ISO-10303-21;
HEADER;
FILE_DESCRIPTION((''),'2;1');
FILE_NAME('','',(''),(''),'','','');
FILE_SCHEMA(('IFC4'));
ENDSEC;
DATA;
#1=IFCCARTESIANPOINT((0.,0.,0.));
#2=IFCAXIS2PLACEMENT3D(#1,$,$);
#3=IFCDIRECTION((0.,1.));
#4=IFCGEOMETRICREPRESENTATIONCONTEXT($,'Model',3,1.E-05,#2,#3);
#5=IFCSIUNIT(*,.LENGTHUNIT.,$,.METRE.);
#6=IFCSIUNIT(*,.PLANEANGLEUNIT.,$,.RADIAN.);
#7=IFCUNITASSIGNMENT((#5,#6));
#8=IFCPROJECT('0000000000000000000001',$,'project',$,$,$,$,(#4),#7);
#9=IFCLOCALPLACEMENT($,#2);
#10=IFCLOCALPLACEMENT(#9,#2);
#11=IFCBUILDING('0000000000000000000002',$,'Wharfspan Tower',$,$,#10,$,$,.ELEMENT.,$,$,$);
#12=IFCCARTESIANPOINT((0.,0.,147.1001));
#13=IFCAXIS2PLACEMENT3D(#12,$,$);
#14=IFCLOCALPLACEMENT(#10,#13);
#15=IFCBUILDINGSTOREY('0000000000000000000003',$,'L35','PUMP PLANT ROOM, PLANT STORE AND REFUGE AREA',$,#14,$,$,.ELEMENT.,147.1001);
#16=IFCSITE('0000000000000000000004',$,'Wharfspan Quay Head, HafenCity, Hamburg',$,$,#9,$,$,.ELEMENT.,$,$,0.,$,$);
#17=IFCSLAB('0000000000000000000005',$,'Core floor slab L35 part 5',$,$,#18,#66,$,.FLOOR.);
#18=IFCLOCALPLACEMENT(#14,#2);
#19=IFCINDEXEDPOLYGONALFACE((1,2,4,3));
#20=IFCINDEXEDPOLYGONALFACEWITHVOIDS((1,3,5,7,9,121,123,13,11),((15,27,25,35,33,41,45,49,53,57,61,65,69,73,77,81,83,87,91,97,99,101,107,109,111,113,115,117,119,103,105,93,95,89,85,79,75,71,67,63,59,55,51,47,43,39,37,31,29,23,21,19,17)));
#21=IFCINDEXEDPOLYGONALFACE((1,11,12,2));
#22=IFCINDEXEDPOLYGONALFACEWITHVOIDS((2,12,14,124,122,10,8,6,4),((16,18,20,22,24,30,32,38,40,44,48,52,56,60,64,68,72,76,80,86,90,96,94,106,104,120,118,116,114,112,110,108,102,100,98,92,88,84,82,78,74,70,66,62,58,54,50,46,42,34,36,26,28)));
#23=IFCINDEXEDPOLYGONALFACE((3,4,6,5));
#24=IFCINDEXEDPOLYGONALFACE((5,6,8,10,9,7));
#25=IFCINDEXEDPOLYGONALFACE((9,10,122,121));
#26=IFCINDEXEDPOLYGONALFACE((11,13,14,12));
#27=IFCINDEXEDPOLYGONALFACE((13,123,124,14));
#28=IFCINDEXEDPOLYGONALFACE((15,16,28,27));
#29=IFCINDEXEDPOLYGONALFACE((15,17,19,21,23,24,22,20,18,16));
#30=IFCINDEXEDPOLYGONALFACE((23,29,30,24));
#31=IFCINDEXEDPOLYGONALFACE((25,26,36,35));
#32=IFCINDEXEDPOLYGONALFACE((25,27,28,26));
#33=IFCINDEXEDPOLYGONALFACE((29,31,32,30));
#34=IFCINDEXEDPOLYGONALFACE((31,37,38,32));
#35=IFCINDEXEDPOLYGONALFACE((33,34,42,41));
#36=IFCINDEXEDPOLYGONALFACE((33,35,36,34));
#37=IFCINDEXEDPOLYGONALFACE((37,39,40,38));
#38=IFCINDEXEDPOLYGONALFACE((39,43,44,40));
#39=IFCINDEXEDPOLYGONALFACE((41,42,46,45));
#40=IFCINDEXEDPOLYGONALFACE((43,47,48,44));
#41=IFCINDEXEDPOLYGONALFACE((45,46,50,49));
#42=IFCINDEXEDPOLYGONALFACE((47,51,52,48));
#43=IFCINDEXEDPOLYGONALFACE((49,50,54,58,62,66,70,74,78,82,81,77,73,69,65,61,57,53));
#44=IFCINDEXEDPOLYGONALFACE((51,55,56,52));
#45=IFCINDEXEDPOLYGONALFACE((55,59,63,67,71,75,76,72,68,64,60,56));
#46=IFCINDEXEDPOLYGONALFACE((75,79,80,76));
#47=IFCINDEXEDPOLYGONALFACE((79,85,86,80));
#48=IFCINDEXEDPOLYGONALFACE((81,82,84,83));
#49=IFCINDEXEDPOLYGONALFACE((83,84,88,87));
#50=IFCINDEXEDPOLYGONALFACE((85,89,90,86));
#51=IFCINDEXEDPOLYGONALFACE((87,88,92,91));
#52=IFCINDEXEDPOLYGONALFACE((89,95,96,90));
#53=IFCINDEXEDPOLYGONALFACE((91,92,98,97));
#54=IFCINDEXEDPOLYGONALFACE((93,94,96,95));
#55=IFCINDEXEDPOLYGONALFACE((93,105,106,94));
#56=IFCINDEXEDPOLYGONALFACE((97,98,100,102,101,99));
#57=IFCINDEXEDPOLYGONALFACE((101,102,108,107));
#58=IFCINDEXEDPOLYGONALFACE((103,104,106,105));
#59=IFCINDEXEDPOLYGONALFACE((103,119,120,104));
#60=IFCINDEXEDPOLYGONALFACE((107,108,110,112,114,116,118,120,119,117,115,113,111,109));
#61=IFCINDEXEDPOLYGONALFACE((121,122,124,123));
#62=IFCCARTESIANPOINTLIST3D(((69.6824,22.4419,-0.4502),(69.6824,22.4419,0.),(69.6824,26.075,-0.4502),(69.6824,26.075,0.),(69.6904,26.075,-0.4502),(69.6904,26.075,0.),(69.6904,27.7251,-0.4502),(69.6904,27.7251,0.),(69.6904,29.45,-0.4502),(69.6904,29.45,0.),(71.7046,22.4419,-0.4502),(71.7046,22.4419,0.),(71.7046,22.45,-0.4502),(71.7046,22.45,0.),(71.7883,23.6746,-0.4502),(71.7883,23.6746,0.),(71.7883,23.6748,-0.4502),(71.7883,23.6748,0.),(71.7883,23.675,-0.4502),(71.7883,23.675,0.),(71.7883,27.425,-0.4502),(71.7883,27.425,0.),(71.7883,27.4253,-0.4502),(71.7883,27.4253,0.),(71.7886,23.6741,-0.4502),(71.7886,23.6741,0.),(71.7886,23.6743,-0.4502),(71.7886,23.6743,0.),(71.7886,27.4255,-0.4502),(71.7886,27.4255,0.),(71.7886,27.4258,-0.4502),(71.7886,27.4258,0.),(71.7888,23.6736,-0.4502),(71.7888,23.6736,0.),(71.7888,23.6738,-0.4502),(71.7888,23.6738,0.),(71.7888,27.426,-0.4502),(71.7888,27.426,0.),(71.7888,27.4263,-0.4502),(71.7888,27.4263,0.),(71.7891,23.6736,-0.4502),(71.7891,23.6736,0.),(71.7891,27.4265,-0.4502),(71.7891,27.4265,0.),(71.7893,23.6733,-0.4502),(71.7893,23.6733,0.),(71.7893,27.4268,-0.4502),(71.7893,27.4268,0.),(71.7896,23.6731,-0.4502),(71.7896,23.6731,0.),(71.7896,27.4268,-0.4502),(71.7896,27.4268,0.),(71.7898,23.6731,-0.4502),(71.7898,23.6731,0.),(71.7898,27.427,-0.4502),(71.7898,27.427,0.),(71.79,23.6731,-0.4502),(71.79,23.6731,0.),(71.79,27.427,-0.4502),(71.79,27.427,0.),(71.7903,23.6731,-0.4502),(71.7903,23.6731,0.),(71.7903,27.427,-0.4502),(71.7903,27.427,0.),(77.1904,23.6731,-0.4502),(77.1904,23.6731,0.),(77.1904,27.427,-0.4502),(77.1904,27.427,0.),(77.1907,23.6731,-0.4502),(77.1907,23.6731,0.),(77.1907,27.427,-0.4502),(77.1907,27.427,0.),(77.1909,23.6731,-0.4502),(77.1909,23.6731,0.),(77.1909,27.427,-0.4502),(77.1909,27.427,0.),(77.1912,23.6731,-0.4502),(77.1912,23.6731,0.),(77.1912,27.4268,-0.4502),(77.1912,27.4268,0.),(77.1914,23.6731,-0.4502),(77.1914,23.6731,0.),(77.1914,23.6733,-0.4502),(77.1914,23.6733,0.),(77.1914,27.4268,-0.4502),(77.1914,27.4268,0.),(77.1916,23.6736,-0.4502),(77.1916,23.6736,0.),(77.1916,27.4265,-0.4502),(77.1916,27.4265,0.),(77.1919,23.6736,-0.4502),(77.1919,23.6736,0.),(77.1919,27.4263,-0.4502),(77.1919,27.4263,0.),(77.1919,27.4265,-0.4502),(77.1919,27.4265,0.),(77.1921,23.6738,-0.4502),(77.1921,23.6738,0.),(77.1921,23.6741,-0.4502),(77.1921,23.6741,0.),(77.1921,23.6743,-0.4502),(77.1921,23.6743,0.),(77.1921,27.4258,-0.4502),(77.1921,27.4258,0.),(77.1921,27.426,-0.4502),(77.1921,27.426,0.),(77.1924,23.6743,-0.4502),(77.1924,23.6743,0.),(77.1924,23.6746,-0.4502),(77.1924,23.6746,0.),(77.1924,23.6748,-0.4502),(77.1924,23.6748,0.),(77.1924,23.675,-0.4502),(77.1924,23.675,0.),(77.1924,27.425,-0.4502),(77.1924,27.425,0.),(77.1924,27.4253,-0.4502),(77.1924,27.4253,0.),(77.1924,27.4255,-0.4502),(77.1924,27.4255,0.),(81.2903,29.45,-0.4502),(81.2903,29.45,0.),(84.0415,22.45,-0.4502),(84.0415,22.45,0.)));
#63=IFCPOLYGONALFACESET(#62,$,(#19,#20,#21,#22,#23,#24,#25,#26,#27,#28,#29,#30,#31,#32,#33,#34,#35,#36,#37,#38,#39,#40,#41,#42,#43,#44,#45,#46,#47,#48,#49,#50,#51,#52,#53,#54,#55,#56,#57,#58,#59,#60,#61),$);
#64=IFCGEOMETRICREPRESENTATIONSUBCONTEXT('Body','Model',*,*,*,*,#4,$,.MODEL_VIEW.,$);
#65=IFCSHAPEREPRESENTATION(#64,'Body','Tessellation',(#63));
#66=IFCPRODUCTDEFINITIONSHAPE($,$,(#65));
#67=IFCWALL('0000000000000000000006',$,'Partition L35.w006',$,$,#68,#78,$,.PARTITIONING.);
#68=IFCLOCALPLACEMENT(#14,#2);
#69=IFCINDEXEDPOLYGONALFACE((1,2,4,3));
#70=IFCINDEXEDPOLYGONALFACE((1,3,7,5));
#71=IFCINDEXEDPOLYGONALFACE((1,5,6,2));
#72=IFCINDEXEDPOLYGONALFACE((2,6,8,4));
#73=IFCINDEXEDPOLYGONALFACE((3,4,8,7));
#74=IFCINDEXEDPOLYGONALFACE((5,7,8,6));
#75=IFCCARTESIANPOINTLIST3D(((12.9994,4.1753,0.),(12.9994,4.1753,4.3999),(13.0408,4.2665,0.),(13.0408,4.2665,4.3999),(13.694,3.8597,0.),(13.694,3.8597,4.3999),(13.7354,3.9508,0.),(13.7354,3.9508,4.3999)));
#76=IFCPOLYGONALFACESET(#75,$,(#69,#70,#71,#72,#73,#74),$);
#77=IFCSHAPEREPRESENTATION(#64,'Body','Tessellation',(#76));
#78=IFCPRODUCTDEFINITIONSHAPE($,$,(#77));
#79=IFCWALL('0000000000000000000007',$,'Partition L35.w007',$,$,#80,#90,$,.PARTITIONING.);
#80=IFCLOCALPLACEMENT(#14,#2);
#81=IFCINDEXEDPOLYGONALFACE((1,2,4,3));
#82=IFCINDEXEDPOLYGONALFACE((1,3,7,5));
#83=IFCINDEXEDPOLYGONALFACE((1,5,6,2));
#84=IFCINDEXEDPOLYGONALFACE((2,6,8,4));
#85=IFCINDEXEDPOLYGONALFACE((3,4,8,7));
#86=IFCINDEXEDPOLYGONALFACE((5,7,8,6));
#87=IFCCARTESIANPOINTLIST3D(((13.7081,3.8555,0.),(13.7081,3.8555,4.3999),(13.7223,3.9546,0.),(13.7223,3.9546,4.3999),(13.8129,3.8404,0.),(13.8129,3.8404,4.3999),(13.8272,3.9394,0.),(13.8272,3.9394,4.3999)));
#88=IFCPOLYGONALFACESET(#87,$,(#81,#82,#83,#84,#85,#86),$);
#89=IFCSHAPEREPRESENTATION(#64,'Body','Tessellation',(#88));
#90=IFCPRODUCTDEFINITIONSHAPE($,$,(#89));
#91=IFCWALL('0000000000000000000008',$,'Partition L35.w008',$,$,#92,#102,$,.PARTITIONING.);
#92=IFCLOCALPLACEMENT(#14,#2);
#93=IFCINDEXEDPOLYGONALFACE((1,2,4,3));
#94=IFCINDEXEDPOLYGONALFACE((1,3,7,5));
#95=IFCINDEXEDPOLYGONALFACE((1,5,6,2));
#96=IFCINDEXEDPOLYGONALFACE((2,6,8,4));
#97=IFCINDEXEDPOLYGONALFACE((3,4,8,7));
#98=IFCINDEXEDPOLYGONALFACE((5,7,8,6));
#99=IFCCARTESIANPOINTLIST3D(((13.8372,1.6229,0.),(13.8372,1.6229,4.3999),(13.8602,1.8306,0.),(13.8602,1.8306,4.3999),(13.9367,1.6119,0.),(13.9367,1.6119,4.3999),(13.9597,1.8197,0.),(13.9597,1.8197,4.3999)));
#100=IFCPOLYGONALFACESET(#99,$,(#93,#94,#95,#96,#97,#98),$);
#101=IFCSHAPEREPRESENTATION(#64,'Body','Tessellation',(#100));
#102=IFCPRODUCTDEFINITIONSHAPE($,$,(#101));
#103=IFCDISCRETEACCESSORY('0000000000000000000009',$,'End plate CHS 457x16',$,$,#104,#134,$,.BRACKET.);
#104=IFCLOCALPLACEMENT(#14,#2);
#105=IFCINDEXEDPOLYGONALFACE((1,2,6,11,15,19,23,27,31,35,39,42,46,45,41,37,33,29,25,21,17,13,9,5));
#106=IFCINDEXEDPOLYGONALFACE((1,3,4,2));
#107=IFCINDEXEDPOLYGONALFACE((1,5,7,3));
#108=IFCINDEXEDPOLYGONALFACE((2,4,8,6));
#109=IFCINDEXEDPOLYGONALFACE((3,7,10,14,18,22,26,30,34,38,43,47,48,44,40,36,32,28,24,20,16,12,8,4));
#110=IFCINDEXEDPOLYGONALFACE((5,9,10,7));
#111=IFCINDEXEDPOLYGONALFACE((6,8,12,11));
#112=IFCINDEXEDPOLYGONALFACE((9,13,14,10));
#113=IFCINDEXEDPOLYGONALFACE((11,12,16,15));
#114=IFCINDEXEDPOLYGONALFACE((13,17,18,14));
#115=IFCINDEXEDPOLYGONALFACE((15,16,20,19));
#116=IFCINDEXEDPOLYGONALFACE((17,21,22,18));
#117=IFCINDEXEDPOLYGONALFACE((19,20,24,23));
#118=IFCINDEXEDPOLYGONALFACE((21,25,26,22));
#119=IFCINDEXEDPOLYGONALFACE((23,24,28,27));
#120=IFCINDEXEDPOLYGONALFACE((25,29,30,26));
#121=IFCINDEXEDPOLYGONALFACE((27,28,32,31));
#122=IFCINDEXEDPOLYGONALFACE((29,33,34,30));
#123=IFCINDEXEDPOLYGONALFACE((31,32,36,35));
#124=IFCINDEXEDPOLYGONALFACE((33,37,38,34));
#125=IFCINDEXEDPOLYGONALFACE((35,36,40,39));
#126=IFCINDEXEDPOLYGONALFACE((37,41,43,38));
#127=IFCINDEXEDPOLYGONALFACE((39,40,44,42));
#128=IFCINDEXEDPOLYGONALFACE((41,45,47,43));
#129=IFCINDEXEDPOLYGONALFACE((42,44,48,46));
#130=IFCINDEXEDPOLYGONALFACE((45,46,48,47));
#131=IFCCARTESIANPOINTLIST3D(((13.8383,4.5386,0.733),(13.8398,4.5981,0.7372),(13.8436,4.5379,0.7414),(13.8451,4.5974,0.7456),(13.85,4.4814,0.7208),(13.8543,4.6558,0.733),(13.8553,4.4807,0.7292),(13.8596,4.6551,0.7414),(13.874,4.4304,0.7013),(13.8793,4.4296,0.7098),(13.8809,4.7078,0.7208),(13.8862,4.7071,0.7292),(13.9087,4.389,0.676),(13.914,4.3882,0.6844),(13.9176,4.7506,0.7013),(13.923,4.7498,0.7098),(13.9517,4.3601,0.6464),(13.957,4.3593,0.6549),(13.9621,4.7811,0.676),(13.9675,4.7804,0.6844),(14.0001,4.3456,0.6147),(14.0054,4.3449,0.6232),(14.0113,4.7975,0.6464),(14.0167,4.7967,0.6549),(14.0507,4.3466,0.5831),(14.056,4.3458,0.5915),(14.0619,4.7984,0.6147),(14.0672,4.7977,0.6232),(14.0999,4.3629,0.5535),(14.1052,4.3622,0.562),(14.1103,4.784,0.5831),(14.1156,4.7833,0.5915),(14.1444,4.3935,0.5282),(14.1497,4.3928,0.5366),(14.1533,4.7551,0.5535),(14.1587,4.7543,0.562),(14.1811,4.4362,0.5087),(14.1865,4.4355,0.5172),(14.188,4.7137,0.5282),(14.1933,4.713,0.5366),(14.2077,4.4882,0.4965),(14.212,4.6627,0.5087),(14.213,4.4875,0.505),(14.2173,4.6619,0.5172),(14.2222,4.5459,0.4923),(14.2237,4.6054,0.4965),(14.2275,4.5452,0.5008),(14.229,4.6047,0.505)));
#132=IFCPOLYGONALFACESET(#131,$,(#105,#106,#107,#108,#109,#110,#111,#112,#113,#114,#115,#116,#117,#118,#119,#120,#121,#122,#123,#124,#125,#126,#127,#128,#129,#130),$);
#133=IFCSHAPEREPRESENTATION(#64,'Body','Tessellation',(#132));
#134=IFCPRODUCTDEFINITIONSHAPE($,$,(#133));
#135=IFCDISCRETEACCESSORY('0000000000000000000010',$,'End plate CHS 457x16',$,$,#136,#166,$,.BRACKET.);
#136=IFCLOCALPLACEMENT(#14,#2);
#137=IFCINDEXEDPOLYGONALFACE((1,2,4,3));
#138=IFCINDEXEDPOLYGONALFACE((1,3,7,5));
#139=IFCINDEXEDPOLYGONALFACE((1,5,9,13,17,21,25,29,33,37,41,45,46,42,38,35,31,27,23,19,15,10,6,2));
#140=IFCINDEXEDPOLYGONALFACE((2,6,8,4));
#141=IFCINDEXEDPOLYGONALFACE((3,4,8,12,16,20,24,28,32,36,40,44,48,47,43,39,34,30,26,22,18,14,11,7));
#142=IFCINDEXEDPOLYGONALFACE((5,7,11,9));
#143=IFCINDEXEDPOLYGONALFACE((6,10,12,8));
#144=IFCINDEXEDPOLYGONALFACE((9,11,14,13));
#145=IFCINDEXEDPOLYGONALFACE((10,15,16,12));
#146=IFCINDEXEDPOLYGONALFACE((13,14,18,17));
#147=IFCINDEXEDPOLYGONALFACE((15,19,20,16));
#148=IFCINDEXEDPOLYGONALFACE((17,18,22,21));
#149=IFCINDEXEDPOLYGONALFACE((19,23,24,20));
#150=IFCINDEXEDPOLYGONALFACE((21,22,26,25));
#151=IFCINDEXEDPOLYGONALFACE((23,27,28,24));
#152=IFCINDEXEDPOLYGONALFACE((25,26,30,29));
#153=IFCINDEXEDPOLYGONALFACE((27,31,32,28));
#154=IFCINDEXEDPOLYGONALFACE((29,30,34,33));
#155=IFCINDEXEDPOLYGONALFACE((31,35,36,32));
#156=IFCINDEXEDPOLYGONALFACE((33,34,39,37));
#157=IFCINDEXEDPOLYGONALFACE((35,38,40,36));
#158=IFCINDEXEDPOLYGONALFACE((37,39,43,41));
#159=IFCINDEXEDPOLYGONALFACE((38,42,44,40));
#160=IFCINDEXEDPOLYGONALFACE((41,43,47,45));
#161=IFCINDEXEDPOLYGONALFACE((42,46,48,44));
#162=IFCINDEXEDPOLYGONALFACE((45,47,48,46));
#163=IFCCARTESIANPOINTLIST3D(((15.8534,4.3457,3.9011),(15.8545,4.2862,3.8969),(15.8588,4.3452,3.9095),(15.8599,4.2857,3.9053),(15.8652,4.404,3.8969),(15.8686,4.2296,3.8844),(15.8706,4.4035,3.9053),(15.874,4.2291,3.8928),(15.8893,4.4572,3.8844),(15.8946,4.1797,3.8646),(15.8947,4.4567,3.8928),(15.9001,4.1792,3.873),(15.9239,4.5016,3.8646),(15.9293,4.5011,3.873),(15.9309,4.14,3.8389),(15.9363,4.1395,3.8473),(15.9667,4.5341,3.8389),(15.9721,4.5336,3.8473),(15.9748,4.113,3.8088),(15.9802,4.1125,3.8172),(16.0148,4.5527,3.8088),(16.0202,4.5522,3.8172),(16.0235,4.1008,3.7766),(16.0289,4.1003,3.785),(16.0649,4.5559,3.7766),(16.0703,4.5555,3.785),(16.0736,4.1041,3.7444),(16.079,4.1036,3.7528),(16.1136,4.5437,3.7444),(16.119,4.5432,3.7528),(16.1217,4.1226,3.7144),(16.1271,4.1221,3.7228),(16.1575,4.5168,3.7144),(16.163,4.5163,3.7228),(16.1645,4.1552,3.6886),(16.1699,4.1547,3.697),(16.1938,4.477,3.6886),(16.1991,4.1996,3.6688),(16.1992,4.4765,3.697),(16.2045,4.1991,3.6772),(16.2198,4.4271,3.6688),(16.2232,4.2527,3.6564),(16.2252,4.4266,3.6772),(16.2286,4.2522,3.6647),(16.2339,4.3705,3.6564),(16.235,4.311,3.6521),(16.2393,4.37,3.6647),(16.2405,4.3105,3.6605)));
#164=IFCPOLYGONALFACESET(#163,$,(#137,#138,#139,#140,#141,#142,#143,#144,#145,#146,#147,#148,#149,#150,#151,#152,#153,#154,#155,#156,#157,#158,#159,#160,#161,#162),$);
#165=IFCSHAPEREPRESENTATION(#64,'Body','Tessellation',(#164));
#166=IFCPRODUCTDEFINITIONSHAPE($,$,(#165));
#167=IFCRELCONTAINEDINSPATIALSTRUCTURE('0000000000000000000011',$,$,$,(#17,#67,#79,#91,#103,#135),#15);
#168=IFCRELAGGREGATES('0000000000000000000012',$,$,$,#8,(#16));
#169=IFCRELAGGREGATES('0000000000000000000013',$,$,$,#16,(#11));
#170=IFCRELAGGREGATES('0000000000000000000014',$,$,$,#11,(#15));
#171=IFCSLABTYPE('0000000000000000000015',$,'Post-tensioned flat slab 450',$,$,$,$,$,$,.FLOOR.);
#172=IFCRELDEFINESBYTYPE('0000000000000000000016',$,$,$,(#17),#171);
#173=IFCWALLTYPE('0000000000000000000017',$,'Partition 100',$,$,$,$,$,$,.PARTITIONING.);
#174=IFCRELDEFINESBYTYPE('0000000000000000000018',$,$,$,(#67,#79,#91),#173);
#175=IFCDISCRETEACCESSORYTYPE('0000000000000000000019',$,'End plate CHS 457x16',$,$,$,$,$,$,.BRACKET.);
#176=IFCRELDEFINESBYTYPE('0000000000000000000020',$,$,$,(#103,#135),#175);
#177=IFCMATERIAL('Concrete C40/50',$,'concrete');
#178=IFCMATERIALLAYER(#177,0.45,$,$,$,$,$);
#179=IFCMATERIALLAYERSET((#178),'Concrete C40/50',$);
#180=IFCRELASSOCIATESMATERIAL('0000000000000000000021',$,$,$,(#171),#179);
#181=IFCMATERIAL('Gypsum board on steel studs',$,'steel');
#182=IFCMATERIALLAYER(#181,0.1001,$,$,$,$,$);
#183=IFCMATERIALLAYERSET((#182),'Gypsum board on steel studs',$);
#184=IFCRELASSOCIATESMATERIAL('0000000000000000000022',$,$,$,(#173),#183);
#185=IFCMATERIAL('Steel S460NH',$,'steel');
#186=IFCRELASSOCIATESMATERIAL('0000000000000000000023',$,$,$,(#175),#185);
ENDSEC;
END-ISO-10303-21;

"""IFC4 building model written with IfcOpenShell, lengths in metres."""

from ifc_helpers import new_model, si_unit, direction, frame, frame_2d, origin, origin_2d, place, context, subcontext, project, spatial, polyline, rectangle, circle, outline, extrude, material, layer, layer_set, material_profile, profile_set, type_object, element, save


model = new_model("IFC4")

# Units and contexts
model_context = context("Model", 3, precision=1e-05, world=origin(), true_north=direction((0.0, 1.0)))
body_context = subcontext(model_context, "Body", "Model", "MODEL_VIEW")
ifc_project = project(units=[si_unit("LENGTHUNIT", "METRE"), si_unit("PLANEANGLEUNIT", "RADIAN")], contexts=[model_context])

# Site, building, storey
site_placement = place(None, origin())
site = spatial("IfcSite", under=ifc_project, at=site_placement, Name="Wharfspan Quay Head, HafenCity, Hamburg", CompositionType="ELEMENT", RefElevation=0.0)
building_placement = place(site_placement, origin())
building = spatial("IfcBuilding", under=site, at=building_placement, Name="Wharfspan Tower", CompositionType="ELEMENT")
storey_placement = place(building_placement, frame((0.0, 0.0, 147.1001)))
storey = spatial("IfcBuildingStorey", under=building, at=storey_placement, Name="L35", Description="PUMP PLANT ROOM, PLANT STORE AND REFUGE AREA", CompositionType="ELEMENT", Elevation=147.1001)

# Shared definitions
ifc_material_1 = material(Name="Steel S460NH", Category="steel")

# Slab
ifc_material_2 = material(Name="Concrete C40/50", Category="concrete")
ifc_layer_1 = layer(ifc_material_2, 0.45)
ifc_layer_set_1 = layer_set([ifc_layer_1], Name="Concrete C40/50")
slab_type = type_object("IfcSlabType", Name="Post-tensioned flat slab 450", PredefinedType="FLOOR", material=ifc_layer_set_1)
slab_placement = place(storey_placement, frame((0.0, 0.0, -0.4502)))
element("IfcSlab", 1, at=slab_placement, inside=storey, type_object=slab_type, Name="Core floor slab L35 part 5", PredefinedType="FLOOR", context=body_context, shape_type="SweptSolid", body=[
    extrude(outline(polyline([(69.6824, 26.075), (69.6824, 22.4419), (71.7046, 22.4419), (71.7046, 22.45), (84.0415, 22.45), (81.2903, 29.45), (69.6904, 29.45), (69.6904, 27.7251), (69.6904, 26.075), (69.6824, 26.075)]), holes=[polyline([(71.7883, 27.425), (71.7883, 27.4253), (71.7883, 27.4253), (71.7886, 27.4255), (71.7886, 27.4258), (71.7886, 27.4258), (71.7888, 27.426), (71.7888, 27.4263), (71.7891, 27.4265), (71.7891, 27.4265), (71.7893, 27.4268), (71.7896, 27.4268), (71.7896, 27.4268), (71.7898, 27.427), (71.79, 27.427), (71.7903, 27.427), (71.7903, 27.427), (77.1904, 27.427), (77.1907, 27.427), (77.1909, 27.427), (77.1909, 27.427), (77.1912, 27.4268), (77.1914, 27.4268), (77.1914, 27.4268), (77.1916, 27.4265), (77.1919, 27.4265), (77.1919, 27.4263), (77.1921, 27.426), (77.1921, 27.4258), (77.1921, 27.4258), (77.1924, 27.4255), (77.1924, 27.4253), (77.1924, 27.4253), (77.1924, 27.425), (77.1924, 23.675), (77.1924, 23.6748), (77.1924, 23.6746), (77.1924, 23.6743), (77.1921, 23.6743), (77.1921, 23.6741), (77.1921, 23.6738), (77.1919, 23.6736), (77.1919, 23.6736), (77.1916, 23.6736), (77.1914, 23.6733), (77.1914, 23.6731), (77.1912, 23.6731), (77.1909, 23.6731), (77.1909, 23.6731), (77.1907, 23.6731), (77.1904, 23.6731), (71.7903, 23.6731), (71.7903, 23.6731), (71.79, 23.6731), (71.7898, 23.6731), (71.7896, 23.6731), (71.7896, 23.6731), (71.7893, 23.6733), (71.7891, 23.6736), (71.7891, 23.6736), (71.7888, 23.6736), (71.7888, 23.6738), (71.7886, 23.6741), (71.7886, 23.6743), (71.7886, 23.6743), (71.7883, 23.6746), (71.7883, 23.6748), (71.7883, 23.675), (71.7883, 27.425)])]), origin(), (0.0, 0.0, 1.0), 0.4502),
])

# Walls
ifc_material_3 = material(Name="Gypsum board on steel studs", Category="steel")
ifc_layer_2 = layer(ifc_material_3, 0.1001)
ifc_layer_set_2 = layer_set([ifc_layer_2], Name="Gypsum board on steel studs")
wall_type = type_object("IfcWallType", Name="Partition 100", PredefinedType="PARTITIONING", material=ifc_layer_set_2)
wall_1_placement = place(storey_placement, frame((13.7146, 3.9053, 0.0), z_axis=(0.0, 0.0, 1.0), x_axis=(-0.910389, 0.413755, 0.0)))
element("IfcWall", 2, at=wall_1_placement, inside=storey, type_object=wall_type, Name="Partition L35.w006", PredefinedType="PARTITIONING", context=body_context, shape_type="SweptSolid", body=[
    extrude(rectangle(XDim=0.7629, YDim=0.1001, at=frame_2d((0.3813, 0.0))), origin(), (0.0, 0.0, 1.0), 4.3999),
])
wall_2_placement = place(storey_placement, frame((13.8201, 3.8899, 0.0), z_axis=(0.0, 0.0, 1.0), x_axis=(-0.989763, 0.14271, 0.0)))
element("IfcWall", 3, at=wall_2_placement, inside=storey, type_object=wall_type, Name="Partition L35.w007", PredefinedType="PARTITIONING", context=body_context, shape_type="SweptSolid", body=[
    extrude(rectangle(XDim=0.106, YDim=0.1001, at=frame_2d((0.053, 0.0))), origin(), (0.0, 0.0, 1.0), 4.3999),
])
wall_3_placement = place(storey_placement, frame((13.887, 1.6174, 0.0), z_axis=(0.0, 0.0, 1.0), x_axis=(0.109791, 0.993959, 0.0)))
element("IfcWall", 4, at=wall_3_placement, inside=storey, type_object=wall_type, Name="Partition L35.w008", PredefinedType="PARTITIONING", context=body_context, shape_type="SweptSolid", body=[
    extrude(rectangle(XDim=0.209, YDim=0.1001, at=frame_2d((0.1045, 0.0))), origin(), (0.0, 0.0, 1.0), 4.3999),
])

# Discrete accessories
ifc_material_profile_1 = material_profile(ifc_material_1, circle(Radius=0.2285, at=origin_2d()))
ifc_profile_set_1 = profile_set([ifc_material_profile_1], Name="Steel S460NH")
discrete_accessory_type_1 = type_object("IfcDiscreteAccessoryType", Name="End plate CHS 457x16", PredefinedType="BRACKET", material=ifc_profile_set_1)
for number, where, z_axis, x_axis, name in (
    (5, (14.031, 4.572, 0.6147), (0.530776, -0.072379, 0.844416), (0.135113, 0.990834, 0.000001), "End plate CHS 457x16"),
    (6, (16.0442, 4.3284, 3.7766), (0.54259, -0.049326, 0.838548), (0.090535, 0.995892, 0.0), "End plate CHS 457x16"),
):
    element("IfcDiscreteAccessory", number, at=place(storey_placement, frame(where, z_axis=z_axis, x_axis=x_axis)), inside=storey, type_object=discrete_accessory_type_1, Name=name, PredefinedType="BRACKET", context=body_context, shape_type="SweptSolid", body=[
        extrude(circle(Radius=0.2285, at=origin_2d()), origin(), (0.0, 0.0, 1.0), 0.01),
    ])

save(model, "model.ifc")
